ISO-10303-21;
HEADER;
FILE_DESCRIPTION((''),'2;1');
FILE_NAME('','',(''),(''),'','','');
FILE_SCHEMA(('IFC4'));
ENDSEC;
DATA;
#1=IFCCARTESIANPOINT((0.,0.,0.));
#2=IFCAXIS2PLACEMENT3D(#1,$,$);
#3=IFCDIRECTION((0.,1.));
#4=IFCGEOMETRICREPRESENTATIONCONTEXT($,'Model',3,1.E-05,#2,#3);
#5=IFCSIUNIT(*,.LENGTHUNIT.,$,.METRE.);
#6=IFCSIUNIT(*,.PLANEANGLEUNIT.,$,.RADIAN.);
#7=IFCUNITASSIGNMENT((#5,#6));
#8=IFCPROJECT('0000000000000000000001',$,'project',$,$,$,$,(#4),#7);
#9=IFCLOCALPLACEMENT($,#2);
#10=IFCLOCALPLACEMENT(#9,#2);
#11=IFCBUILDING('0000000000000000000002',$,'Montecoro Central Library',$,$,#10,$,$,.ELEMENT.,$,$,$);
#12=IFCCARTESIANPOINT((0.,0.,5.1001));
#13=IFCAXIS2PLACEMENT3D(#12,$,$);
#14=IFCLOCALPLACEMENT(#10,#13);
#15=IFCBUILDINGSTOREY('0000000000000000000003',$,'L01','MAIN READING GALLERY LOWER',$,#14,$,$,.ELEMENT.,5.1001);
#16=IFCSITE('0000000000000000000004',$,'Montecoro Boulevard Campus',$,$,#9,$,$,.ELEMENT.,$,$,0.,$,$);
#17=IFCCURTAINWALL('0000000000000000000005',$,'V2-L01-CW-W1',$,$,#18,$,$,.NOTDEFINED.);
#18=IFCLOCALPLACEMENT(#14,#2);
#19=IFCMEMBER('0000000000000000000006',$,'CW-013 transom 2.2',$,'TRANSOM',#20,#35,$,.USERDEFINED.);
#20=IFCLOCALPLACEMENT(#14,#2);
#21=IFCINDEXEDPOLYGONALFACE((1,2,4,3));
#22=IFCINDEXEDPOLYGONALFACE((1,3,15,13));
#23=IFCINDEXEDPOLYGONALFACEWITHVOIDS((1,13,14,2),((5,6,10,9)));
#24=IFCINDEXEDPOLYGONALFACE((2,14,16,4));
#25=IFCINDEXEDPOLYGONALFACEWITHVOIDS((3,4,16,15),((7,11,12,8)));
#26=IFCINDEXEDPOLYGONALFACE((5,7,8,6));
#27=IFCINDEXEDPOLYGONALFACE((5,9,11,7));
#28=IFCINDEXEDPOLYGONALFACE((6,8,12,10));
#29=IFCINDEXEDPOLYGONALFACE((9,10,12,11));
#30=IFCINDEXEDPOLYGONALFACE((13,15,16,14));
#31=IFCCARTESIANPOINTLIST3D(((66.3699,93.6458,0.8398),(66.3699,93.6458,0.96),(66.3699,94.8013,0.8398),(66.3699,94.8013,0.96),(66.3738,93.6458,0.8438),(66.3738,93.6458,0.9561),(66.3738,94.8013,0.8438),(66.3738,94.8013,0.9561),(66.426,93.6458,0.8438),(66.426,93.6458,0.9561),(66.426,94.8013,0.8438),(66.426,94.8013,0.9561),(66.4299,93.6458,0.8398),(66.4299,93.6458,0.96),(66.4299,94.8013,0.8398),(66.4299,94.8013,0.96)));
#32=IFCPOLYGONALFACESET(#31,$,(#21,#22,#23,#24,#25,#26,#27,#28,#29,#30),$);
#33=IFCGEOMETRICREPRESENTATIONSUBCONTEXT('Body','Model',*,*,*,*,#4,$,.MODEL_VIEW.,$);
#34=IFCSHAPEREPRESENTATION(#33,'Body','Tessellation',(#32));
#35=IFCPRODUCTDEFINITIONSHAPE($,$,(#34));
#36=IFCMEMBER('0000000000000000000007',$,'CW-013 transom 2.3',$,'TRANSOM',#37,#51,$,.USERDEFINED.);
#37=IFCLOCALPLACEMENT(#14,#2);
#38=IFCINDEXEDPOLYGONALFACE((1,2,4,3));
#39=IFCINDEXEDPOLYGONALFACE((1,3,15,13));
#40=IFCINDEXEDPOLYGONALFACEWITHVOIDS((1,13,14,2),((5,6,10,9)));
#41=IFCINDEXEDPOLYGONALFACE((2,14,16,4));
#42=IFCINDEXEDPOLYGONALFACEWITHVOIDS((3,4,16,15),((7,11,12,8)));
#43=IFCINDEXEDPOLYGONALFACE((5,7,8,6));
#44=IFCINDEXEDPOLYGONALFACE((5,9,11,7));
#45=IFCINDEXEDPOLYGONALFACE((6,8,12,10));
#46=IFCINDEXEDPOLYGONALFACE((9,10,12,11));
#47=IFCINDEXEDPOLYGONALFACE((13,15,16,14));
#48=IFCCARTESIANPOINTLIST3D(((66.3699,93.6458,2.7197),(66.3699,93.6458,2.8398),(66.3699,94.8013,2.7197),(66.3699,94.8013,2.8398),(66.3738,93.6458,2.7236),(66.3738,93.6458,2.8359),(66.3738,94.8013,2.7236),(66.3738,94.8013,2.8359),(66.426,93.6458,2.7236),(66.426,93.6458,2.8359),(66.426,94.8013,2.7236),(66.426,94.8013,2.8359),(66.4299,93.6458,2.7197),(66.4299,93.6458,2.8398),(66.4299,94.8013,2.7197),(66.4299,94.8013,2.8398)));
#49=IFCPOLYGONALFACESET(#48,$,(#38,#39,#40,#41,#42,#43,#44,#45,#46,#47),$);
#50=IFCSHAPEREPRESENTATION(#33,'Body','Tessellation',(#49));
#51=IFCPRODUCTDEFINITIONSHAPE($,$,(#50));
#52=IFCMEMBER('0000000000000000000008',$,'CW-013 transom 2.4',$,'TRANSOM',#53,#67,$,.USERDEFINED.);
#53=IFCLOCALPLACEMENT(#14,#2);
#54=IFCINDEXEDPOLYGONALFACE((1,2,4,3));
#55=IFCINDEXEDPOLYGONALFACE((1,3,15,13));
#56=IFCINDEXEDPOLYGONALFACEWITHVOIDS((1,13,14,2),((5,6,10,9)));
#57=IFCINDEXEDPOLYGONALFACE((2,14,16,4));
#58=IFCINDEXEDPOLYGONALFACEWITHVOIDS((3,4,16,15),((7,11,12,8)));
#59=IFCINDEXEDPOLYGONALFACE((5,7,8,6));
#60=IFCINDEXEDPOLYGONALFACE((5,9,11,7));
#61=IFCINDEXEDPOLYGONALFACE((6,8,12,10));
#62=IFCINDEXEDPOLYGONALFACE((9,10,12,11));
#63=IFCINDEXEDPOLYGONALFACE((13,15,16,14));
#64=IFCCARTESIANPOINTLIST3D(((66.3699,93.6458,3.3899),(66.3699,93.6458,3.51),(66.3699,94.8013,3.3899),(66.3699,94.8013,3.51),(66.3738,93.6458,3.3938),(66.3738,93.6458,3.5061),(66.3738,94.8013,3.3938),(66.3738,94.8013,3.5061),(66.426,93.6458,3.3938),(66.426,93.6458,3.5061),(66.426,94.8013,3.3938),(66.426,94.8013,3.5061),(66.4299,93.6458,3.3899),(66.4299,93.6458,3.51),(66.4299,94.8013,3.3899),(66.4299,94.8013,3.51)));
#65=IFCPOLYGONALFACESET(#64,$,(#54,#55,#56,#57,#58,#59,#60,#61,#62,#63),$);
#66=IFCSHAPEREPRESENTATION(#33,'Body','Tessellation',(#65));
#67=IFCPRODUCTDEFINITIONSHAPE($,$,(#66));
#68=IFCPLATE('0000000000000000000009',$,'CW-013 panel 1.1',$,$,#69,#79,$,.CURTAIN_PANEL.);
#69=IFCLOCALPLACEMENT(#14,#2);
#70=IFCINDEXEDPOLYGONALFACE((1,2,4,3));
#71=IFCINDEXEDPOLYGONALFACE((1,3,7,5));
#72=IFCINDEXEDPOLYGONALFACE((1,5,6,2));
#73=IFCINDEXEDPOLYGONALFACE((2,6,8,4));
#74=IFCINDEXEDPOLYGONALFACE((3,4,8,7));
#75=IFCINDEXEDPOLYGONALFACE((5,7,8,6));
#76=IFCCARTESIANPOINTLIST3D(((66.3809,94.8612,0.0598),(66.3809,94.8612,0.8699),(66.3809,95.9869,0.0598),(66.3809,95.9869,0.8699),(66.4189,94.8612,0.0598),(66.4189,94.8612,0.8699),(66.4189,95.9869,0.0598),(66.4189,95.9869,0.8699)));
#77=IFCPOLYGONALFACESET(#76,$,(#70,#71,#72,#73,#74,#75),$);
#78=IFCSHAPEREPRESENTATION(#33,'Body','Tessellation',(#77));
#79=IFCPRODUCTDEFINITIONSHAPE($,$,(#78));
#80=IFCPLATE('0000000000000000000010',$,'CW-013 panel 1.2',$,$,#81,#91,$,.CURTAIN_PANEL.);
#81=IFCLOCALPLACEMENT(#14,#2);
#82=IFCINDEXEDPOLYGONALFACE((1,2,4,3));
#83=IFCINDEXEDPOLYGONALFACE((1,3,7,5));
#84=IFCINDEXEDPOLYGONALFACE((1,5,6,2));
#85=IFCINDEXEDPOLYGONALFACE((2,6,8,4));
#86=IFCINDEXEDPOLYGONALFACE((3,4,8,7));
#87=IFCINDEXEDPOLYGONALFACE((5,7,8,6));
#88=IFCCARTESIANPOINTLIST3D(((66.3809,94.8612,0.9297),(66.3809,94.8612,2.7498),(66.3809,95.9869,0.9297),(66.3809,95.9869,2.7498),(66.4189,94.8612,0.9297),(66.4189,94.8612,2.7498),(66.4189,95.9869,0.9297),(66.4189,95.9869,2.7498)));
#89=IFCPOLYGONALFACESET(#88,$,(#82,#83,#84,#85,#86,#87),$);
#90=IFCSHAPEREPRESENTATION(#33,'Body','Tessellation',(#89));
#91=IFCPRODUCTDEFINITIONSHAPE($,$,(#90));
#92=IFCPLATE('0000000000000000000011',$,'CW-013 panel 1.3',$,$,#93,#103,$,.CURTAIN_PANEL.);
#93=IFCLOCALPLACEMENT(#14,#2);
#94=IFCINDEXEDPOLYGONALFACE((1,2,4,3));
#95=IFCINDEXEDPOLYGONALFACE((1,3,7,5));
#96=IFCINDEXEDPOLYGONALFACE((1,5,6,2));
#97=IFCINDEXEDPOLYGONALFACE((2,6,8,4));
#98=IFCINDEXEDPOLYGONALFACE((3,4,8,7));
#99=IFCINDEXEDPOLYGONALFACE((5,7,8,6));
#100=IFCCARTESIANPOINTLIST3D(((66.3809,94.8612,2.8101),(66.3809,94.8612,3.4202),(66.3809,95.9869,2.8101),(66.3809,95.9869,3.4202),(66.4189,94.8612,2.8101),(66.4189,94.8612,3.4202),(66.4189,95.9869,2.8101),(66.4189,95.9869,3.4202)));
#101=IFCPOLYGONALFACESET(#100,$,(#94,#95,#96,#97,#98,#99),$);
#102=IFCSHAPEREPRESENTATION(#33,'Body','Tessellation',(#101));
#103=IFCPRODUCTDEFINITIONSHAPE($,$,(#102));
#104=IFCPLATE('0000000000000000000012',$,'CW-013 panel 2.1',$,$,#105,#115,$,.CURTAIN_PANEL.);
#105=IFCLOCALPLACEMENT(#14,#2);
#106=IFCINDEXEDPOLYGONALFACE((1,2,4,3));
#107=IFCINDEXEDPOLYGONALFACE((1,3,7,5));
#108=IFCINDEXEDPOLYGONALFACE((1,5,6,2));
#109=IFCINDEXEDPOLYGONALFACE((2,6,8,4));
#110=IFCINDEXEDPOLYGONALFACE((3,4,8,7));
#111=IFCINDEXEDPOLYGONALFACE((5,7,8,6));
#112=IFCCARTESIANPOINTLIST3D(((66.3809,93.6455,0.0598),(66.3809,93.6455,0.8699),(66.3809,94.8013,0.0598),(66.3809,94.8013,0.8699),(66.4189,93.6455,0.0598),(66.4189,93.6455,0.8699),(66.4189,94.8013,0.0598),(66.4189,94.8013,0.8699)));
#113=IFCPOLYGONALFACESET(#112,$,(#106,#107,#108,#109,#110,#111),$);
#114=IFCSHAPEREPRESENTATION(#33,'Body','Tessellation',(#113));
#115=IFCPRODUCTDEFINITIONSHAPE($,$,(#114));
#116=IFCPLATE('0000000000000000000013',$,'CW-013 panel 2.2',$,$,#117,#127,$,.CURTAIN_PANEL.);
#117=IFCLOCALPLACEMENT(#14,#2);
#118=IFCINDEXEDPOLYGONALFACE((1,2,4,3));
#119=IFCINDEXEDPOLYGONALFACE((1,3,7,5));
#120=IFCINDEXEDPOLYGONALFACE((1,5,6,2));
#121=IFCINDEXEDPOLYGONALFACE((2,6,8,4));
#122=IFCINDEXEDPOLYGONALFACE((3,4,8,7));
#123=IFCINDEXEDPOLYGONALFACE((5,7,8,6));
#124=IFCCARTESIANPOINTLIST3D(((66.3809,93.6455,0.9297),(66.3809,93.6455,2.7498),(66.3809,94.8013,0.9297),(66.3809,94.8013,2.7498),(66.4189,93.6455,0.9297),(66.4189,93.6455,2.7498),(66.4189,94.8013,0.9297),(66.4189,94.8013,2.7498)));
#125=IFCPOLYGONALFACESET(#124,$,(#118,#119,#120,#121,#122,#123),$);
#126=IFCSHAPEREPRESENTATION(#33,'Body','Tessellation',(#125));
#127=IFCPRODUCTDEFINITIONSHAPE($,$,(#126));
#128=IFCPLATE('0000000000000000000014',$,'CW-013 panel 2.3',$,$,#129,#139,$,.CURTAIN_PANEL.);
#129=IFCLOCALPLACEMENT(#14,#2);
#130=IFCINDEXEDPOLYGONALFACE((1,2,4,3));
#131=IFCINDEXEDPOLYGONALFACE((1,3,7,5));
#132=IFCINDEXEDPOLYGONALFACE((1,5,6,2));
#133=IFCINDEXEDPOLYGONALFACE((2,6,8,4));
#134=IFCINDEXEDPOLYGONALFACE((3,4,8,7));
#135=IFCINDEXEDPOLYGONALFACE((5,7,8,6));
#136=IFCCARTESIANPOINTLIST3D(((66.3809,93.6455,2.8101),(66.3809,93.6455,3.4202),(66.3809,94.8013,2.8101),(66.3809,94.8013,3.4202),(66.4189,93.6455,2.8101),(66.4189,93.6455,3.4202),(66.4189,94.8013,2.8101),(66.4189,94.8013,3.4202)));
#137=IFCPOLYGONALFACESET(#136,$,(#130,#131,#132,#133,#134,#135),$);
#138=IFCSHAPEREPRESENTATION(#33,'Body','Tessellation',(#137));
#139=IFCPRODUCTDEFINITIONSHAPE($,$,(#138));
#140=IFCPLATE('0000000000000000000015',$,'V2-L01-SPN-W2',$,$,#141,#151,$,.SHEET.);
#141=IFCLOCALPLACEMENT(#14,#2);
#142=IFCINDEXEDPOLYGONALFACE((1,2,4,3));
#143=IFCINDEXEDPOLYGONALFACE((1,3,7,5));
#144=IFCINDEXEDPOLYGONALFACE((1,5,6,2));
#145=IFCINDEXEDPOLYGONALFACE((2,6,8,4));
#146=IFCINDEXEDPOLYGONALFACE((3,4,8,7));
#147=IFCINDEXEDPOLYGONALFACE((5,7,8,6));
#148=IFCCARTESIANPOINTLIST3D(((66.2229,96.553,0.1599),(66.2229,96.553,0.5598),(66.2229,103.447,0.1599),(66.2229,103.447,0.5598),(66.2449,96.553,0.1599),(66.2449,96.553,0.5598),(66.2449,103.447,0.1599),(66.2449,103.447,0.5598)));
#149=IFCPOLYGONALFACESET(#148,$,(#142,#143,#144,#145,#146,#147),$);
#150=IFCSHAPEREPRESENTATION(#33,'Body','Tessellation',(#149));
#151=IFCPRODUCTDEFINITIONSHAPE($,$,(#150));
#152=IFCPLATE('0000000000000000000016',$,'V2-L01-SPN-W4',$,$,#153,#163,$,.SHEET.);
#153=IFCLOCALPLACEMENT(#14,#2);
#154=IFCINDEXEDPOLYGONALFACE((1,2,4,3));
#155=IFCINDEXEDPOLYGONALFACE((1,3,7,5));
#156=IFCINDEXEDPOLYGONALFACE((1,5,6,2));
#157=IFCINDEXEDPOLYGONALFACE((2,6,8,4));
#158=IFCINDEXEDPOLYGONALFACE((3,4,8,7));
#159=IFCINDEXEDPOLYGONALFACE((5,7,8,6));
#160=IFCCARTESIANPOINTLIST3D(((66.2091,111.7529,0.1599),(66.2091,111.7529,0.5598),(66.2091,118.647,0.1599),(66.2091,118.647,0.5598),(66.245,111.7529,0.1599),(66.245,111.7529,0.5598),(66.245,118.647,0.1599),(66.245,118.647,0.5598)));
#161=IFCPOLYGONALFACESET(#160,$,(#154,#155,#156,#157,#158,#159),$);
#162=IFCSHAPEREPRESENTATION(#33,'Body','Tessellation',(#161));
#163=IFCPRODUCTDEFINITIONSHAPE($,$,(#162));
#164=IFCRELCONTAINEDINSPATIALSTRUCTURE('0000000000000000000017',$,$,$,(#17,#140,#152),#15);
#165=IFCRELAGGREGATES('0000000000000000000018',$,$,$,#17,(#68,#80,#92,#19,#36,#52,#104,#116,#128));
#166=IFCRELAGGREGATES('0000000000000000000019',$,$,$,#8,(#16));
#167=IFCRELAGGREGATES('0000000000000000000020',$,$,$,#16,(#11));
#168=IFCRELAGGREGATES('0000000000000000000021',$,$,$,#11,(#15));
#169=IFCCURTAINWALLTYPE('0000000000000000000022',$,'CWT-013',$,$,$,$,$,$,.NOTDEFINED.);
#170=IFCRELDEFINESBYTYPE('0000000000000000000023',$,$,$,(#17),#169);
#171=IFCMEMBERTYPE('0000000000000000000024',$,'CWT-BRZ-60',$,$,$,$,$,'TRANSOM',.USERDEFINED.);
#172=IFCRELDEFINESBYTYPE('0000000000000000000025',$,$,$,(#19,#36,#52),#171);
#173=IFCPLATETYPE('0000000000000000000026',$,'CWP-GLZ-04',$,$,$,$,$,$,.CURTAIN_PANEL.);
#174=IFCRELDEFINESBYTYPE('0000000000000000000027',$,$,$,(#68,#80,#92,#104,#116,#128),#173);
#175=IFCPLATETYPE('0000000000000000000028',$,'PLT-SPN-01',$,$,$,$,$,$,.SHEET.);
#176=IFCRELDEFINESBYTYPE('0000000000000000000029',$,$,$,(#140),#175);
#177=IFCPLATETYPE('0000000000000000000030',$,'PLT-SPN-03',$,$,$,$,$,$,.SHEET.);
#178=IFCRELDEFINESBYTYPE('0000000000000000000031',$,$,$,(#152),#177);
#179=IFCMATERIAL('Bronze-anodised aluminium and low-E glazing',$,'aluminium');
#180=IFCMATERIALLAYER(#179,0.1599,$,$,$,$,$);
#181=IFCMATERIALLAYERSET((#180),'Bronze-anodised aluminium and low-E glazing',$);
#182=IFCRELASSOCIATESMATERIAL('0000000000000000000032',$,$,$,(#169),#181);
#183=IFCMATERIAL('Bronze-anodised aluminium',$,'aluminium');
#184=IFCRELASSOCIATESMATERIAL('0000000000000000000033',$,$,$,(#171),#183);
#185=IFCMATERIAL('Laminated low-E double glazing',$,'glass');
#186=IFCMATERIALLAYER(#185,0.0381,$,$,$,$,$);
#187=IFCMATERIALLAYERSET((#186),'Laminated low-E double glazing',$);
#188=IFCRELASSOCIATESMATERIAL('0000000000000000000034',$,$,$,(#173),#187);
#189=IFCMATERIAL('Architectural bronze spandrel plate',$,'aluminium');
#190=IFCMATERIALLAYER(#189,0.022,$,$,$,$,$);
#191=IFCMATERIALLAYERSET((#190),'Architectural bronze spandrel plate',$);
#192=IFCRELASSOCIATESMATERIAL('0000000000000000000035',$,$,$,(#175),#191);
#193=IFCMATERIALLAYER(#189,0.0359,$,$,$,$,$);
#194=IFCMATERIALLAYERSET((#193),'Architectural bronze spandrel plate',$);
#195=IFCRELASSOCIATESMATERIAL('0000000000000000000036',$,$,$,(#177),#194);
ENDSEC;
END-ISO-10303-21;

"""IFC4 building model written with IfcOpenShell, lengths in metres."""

from ifc_helpers import new_model, si_unit, direction, frame, origin, origin_2d, place, context, subcontext, project, spatial, rectangle, hollow_rectangle, extrude, material, layer, layer_set, material_profile, profile_set, type_object, element, aggregate, save


model = new_model("IFC4")

# Units and contexts
model_context = context("Model", 3, precision=1e-05, world=origin(), true_north=direction((0.0, 1.0)))
body_context = subcontext(model_context, "Body", "Model", "MODEL_VIEW")
ifc_project = project(units=[si_unit("LENGTHUNIT", "METRE"), si_unit("PLANEANGLEUNIT", "RADIAN")], contexts=[model_context])

# Site, building, storey
site_placement = place(None, origin())
site = spatial("IfcSite", under=ifc_project, at=site_placement, Name="Montecoro Boulevard Campus", CompositionType="ELEMENT", RefElevation=0.0)
building_placement = place(site_placement, origin())
building = spatial("IfcBuilding", under=site, at=building_placement, Name="Montecoro Central Library", CompositionType="ELEMENT")
storey_placement = place(building_placement, frame((0.0, 0.0, 5.1001)))
storey = spatial("IfcBuildingStorey", under=building, at=storey_placement, Name="L01", Description="MAIN READING GALLERY LOWER", CompositionType="ELEMENT", Elevation=5.1001)

# Curtain wall, members, plates
ifc_material_1 = material(Name="Bronze-anodised aluminium and low-E glazing", Category="aluminium")
ifc_layer_1 = layer(ifc_material_1, 0.1599)
ifc_layer_set_1 = layer_set([ifc_layer_1], Name="Bronze-anodised aluminium and low-E glazing")
curtain_wall_type = type_object("IfcCurtainWallType", Name="CWT-013", PredefinedType="NOTDEFINED", material=ifc_layer_set_1)
curtain_wall_placement = place(storey_placement, origin())
curtain_wall = element("IfcCurtainWall", 1, at=curtain_wall_placement, inside=storey, type_object=curtain_wall_type, Name="V2-L01-CW-W1", PredefinedType="NOTDEFINED")
ifc_material_2 = material(Name="Bronze-anodised aluminium", Category="aluminium")
ifc_material_profile_1 = material_profile(ifc_material_2, hollow_rectangle(XDim=0.0601, YDim=0.1201, WallThickness=0.0039, at=origin_2d()), Name="CWT 120x60x4.0")
ifc_profile_set_1 = profile_set([ifc_material_profile_1], Name="Bronze-anodised aluminium")
member_type_1 = type_object("IfcMemberType", Name="CWT-BRZ-60", ElementType="TRANSOM", PredefinedType="USERDEFINED", material=ifc_profile_set_1)
member_1_placement = place(storey_placement, frame((66.3999, 94.8013, 0.8999), z_axis=(0.0, -1.0, 0.0), x_axis=(1.0, 0.0, 0.0)))
member_1 = element("IfcMember", 2, at=member_1_placement, type_object=member_type_1, Name="CW-013 transom 2.2", ObjectType="TRANSOM", PredefinedType="USERDEFINED", context=body_context, shape_type="SweptSolid", body=[
    extrude(hollow_rectangle(XDim=0.0601, YDim=0.1201, WallThickness=0.0039, at=origin_2d()), origin(), (0.0, 0.0, 1.0), 1.1555),
])
member_2_placement = place(storey_placement, frame((66.3999, 94.8013, 2.7798), z_axis=(0.0, -1.0, 0.0), x_axis=(1.0, 0.0, 0.0)))
member_2 = element("IfcMember", 3, at=member_2_placement, type_object=member_type_1, Name="CW-013 transom 2.3", ObjectType="TRANSOM", PredefinedType="USERDEFINED", context=body_context, shape_type="SweptSolid", body=[
    extrude(hollow_rectangle(XDim=0.0601, YDim=0.1201, WallThickness=0.0039, at=origin_2d()), origin(), (0.0, 0.0, 1.0), 1.1555),
])
member_3_placement = place(storey_placement, frame((66.3999, 94.8013, 3.45), z_axis=(0.0, -1.0, 0.0), x_axis=(1.0, 0.0, 0.0)))
member_3 = element("IfcMember", 4, at=member_3_placement, type_object=member_type_1, Name="CW-013 transom 2.4", ObjectType="TRANSOM", PredefinedType="USERDEFINED", context=body_context, shape_type="SweptSolid", body=[
    extrude(hollow_rectangle(XDim=0.0601, YDim=0.1201, WallThickness=0.0039, at=origin_2d()), origin(), (0.0, 0.0, 1.0), 1.1555),
])
ifc_material_3 = material(Name="Laminated low-E double glazing", Category="glass")
ifc_layer_2 = layer(ifc_material_3, 0.0381)
ifc_layer_set_2 = layer_set([ifc_layer_2], Name="Laminated low-E double glazing")
plate_type_1 = type_object("IfcPlateType", Name="CWP-GLZ-04", PredefinedType="CURTAIN_PANEL", material=ifc_layer_set_2)
plate_1_placement = place(storey_placement, frame((66.3999, 95.4241, 0.0598), z_axis=(0.0, 0.0, 1.0), x_axis=(0.0, -1.0, 0.0)))
plate_1 = element("IfcPlate", 5, at=plate_1_placement, type_object=plate_type_1, Name="CW-013 panel 1.1", PredefinedType="CURTAIN_PANEL", context=body_context, shape_type="SweptSolid", body=[
    extrude(rectangle(XDim=1.1257, YDim=0.0381, at=origin_2d()), origin(), (0.0, 0.0, 1.0), 0.8101),
])
plate_2_placement = place(storey_placement, frame((66.3999, 95.4241, 0.9297), z_axis=(0.0, 0.0, 1.0), x_axis=(0.0, -1.0, 0.0)))
plate_2 = element("IfcPlate", 6, at=plate_2_placement, type_object=plate_type_1, Name="CW-013 panel 1.2", PredefinedType="CURTAIN_PANEL", context=body_context, shape_type="SweptSolid", body=[
    extrude(rectangle(XDim=1.1257, YDim=0.0381, at=origin_2d()), origin(), (0.0, 0.0, 1.0), 1.8201),
])
plate_3_placement = place(storey_placement, frame((66.3999, 95.4241, 2.8101), z_axis=(0.0, 0.0, 1.0), x_axis=(0.0, -1.0, 0.0)))
plate_3 = element("IfcPlate", 7, at=plate_3_placement, type_object=plate_type_1, Name="CW-013 panel 1.3", PredefinedType="CURTAIN_PANEL", context=body_context, shape_type="SweptSolid", body=[
    extrude(rectangle(XDim=1.1257, YDim=0.0381, at=origin_2d()), origin(), (0.0, 0.0, 1.0), 0.6101),
])
plate_4_placement = place(storey_placement, frame((66.3999, 94.2234, 0.0598), z_axis=(0.0, 0.0, 1.0), x_axis=(0.0, -1.0, 0.0)))
plate_4 = element("IfcPlate", 8, at=plate_4_placement, type_object=plate_type_1, Name="CW-013 panel 2.1", PredefinedType="CURTAIN_PANEL", context=body_context, shape_type="SweptSolid", body=[
    extrude(rectangle(XDim=1.1558, YDim=0.0381, at=origin_2d()), origin(), (0.0, 0.0, 1.0), 0.8101),
])
plate_5_placement = place(storey_placement, frame((66.3999, 94.2234, 0.9297), z_axis=(0.0, 0.0, 1.0), x_axis=(0.0, -1.0, 0.0)))
plate_5 = element("IfcPlate", 9, at=plate_5_placement, type_object=plate_type_1, Name="CW-013 panel 2.2", PredefinedType="CURTAIN_PANEL", context=body_context, shape_type="SweptSolid", body=[
    extrude(rectangle(XDim=1.1558, YDim=0.0381, at=origin_2d()), origin(), (0.0, 0.0, 1.0), 1.8201),
])
plate_6_placement = place(storey_placement, frame((66.3999, 94.2234, 2.8101), z_axis=(0.0, 0.0, 1.0), x_axis=(0.0, -1.0, 0.0)))
plate_6 = element("IfcPlate", 10, at=plate_6_placement, type_object=plate_type_1, Name="CW-013 panel 2.3", PredefinedType="CURTAIN_PANEL", context=body_context, shape_type="SweptSolid", body=[
    extrude(rectangle(XDim=1.1558, YDim=0.0381, at=origin_2d()), origin(), (0.0, 0.0, 1.0), 0.6101),
])
aggregate(curtain_wall, [plate_1, plate_2, plate_3, member_1, member_2, member_3, plate_4, plate_5, plate_6])

# Plates
ifc_material_4 = material(Name="Architectural bronze spandrel plate", Category="aluminium")
ifc_layer_3 = layer(ifc_material_4, 0.022)
ifc_layer_set_3 = layer_set([ifc_layer_3], Name="Architectural bronze spandrel plate")
plate_type_2 = type_object("IfcPlateType", Name="PLT-SPN-01", PredefinedType="SHEET", material=ifc_layer_set_3)
plate_7_placement = place(storey_placement, frame((66.2339, 100.0, 0.1599), z_axis=(0.0, 0.0, 1.0), x_axis=(0.0, -1.0, 0.0)))
element("IfcPlate", 11, at=plate_7_placement, inside=storey, type_object=plate_type_2, Name="V2-L01-SPN-W2", PredefinedType="SHEET", context=body_context, shape_type="SweptSolid", body=[
    extrude(rectangle(XDim=6.894, YDim=0.022, at=origin_2d()), origin(), (0.0, 0.0, 1.0), 0.3999),
])
ifc_layer_4 = layer(ifc_material_4, 0.0359)
ifc_layer_set_4 = layer_set([ifc_layer_4], Name="Architectural bronze spandrel plate")
plate_type_3 = type_object("IfcPlateType", Name="PLT-SPN-03", PredefinedType="SHEET", material=ifc_layer_set_4)
plate_8_placement = place(storey_placement, frame((66.2271, 115.2, 0.1599), z_axis=(0.0, 0.0, 1.0), x_axis=(0.0, -1.0, 0.0)))
element("IfcPlate", 12, at=plate_8_placement, inside=storey, type_object=plate_type_3, Name="V2-L01-SPN-W4", PredefinedType="SHEET", context=body_context, shape_type="SweptSolid", body=[
    extrude(rectangle(XDim=6.894, YDim=0.0359, at=origin_2d()), origin(), (0.0, 0.0, 1.0), 0.3999),
])

save(model, "model.ifc")
